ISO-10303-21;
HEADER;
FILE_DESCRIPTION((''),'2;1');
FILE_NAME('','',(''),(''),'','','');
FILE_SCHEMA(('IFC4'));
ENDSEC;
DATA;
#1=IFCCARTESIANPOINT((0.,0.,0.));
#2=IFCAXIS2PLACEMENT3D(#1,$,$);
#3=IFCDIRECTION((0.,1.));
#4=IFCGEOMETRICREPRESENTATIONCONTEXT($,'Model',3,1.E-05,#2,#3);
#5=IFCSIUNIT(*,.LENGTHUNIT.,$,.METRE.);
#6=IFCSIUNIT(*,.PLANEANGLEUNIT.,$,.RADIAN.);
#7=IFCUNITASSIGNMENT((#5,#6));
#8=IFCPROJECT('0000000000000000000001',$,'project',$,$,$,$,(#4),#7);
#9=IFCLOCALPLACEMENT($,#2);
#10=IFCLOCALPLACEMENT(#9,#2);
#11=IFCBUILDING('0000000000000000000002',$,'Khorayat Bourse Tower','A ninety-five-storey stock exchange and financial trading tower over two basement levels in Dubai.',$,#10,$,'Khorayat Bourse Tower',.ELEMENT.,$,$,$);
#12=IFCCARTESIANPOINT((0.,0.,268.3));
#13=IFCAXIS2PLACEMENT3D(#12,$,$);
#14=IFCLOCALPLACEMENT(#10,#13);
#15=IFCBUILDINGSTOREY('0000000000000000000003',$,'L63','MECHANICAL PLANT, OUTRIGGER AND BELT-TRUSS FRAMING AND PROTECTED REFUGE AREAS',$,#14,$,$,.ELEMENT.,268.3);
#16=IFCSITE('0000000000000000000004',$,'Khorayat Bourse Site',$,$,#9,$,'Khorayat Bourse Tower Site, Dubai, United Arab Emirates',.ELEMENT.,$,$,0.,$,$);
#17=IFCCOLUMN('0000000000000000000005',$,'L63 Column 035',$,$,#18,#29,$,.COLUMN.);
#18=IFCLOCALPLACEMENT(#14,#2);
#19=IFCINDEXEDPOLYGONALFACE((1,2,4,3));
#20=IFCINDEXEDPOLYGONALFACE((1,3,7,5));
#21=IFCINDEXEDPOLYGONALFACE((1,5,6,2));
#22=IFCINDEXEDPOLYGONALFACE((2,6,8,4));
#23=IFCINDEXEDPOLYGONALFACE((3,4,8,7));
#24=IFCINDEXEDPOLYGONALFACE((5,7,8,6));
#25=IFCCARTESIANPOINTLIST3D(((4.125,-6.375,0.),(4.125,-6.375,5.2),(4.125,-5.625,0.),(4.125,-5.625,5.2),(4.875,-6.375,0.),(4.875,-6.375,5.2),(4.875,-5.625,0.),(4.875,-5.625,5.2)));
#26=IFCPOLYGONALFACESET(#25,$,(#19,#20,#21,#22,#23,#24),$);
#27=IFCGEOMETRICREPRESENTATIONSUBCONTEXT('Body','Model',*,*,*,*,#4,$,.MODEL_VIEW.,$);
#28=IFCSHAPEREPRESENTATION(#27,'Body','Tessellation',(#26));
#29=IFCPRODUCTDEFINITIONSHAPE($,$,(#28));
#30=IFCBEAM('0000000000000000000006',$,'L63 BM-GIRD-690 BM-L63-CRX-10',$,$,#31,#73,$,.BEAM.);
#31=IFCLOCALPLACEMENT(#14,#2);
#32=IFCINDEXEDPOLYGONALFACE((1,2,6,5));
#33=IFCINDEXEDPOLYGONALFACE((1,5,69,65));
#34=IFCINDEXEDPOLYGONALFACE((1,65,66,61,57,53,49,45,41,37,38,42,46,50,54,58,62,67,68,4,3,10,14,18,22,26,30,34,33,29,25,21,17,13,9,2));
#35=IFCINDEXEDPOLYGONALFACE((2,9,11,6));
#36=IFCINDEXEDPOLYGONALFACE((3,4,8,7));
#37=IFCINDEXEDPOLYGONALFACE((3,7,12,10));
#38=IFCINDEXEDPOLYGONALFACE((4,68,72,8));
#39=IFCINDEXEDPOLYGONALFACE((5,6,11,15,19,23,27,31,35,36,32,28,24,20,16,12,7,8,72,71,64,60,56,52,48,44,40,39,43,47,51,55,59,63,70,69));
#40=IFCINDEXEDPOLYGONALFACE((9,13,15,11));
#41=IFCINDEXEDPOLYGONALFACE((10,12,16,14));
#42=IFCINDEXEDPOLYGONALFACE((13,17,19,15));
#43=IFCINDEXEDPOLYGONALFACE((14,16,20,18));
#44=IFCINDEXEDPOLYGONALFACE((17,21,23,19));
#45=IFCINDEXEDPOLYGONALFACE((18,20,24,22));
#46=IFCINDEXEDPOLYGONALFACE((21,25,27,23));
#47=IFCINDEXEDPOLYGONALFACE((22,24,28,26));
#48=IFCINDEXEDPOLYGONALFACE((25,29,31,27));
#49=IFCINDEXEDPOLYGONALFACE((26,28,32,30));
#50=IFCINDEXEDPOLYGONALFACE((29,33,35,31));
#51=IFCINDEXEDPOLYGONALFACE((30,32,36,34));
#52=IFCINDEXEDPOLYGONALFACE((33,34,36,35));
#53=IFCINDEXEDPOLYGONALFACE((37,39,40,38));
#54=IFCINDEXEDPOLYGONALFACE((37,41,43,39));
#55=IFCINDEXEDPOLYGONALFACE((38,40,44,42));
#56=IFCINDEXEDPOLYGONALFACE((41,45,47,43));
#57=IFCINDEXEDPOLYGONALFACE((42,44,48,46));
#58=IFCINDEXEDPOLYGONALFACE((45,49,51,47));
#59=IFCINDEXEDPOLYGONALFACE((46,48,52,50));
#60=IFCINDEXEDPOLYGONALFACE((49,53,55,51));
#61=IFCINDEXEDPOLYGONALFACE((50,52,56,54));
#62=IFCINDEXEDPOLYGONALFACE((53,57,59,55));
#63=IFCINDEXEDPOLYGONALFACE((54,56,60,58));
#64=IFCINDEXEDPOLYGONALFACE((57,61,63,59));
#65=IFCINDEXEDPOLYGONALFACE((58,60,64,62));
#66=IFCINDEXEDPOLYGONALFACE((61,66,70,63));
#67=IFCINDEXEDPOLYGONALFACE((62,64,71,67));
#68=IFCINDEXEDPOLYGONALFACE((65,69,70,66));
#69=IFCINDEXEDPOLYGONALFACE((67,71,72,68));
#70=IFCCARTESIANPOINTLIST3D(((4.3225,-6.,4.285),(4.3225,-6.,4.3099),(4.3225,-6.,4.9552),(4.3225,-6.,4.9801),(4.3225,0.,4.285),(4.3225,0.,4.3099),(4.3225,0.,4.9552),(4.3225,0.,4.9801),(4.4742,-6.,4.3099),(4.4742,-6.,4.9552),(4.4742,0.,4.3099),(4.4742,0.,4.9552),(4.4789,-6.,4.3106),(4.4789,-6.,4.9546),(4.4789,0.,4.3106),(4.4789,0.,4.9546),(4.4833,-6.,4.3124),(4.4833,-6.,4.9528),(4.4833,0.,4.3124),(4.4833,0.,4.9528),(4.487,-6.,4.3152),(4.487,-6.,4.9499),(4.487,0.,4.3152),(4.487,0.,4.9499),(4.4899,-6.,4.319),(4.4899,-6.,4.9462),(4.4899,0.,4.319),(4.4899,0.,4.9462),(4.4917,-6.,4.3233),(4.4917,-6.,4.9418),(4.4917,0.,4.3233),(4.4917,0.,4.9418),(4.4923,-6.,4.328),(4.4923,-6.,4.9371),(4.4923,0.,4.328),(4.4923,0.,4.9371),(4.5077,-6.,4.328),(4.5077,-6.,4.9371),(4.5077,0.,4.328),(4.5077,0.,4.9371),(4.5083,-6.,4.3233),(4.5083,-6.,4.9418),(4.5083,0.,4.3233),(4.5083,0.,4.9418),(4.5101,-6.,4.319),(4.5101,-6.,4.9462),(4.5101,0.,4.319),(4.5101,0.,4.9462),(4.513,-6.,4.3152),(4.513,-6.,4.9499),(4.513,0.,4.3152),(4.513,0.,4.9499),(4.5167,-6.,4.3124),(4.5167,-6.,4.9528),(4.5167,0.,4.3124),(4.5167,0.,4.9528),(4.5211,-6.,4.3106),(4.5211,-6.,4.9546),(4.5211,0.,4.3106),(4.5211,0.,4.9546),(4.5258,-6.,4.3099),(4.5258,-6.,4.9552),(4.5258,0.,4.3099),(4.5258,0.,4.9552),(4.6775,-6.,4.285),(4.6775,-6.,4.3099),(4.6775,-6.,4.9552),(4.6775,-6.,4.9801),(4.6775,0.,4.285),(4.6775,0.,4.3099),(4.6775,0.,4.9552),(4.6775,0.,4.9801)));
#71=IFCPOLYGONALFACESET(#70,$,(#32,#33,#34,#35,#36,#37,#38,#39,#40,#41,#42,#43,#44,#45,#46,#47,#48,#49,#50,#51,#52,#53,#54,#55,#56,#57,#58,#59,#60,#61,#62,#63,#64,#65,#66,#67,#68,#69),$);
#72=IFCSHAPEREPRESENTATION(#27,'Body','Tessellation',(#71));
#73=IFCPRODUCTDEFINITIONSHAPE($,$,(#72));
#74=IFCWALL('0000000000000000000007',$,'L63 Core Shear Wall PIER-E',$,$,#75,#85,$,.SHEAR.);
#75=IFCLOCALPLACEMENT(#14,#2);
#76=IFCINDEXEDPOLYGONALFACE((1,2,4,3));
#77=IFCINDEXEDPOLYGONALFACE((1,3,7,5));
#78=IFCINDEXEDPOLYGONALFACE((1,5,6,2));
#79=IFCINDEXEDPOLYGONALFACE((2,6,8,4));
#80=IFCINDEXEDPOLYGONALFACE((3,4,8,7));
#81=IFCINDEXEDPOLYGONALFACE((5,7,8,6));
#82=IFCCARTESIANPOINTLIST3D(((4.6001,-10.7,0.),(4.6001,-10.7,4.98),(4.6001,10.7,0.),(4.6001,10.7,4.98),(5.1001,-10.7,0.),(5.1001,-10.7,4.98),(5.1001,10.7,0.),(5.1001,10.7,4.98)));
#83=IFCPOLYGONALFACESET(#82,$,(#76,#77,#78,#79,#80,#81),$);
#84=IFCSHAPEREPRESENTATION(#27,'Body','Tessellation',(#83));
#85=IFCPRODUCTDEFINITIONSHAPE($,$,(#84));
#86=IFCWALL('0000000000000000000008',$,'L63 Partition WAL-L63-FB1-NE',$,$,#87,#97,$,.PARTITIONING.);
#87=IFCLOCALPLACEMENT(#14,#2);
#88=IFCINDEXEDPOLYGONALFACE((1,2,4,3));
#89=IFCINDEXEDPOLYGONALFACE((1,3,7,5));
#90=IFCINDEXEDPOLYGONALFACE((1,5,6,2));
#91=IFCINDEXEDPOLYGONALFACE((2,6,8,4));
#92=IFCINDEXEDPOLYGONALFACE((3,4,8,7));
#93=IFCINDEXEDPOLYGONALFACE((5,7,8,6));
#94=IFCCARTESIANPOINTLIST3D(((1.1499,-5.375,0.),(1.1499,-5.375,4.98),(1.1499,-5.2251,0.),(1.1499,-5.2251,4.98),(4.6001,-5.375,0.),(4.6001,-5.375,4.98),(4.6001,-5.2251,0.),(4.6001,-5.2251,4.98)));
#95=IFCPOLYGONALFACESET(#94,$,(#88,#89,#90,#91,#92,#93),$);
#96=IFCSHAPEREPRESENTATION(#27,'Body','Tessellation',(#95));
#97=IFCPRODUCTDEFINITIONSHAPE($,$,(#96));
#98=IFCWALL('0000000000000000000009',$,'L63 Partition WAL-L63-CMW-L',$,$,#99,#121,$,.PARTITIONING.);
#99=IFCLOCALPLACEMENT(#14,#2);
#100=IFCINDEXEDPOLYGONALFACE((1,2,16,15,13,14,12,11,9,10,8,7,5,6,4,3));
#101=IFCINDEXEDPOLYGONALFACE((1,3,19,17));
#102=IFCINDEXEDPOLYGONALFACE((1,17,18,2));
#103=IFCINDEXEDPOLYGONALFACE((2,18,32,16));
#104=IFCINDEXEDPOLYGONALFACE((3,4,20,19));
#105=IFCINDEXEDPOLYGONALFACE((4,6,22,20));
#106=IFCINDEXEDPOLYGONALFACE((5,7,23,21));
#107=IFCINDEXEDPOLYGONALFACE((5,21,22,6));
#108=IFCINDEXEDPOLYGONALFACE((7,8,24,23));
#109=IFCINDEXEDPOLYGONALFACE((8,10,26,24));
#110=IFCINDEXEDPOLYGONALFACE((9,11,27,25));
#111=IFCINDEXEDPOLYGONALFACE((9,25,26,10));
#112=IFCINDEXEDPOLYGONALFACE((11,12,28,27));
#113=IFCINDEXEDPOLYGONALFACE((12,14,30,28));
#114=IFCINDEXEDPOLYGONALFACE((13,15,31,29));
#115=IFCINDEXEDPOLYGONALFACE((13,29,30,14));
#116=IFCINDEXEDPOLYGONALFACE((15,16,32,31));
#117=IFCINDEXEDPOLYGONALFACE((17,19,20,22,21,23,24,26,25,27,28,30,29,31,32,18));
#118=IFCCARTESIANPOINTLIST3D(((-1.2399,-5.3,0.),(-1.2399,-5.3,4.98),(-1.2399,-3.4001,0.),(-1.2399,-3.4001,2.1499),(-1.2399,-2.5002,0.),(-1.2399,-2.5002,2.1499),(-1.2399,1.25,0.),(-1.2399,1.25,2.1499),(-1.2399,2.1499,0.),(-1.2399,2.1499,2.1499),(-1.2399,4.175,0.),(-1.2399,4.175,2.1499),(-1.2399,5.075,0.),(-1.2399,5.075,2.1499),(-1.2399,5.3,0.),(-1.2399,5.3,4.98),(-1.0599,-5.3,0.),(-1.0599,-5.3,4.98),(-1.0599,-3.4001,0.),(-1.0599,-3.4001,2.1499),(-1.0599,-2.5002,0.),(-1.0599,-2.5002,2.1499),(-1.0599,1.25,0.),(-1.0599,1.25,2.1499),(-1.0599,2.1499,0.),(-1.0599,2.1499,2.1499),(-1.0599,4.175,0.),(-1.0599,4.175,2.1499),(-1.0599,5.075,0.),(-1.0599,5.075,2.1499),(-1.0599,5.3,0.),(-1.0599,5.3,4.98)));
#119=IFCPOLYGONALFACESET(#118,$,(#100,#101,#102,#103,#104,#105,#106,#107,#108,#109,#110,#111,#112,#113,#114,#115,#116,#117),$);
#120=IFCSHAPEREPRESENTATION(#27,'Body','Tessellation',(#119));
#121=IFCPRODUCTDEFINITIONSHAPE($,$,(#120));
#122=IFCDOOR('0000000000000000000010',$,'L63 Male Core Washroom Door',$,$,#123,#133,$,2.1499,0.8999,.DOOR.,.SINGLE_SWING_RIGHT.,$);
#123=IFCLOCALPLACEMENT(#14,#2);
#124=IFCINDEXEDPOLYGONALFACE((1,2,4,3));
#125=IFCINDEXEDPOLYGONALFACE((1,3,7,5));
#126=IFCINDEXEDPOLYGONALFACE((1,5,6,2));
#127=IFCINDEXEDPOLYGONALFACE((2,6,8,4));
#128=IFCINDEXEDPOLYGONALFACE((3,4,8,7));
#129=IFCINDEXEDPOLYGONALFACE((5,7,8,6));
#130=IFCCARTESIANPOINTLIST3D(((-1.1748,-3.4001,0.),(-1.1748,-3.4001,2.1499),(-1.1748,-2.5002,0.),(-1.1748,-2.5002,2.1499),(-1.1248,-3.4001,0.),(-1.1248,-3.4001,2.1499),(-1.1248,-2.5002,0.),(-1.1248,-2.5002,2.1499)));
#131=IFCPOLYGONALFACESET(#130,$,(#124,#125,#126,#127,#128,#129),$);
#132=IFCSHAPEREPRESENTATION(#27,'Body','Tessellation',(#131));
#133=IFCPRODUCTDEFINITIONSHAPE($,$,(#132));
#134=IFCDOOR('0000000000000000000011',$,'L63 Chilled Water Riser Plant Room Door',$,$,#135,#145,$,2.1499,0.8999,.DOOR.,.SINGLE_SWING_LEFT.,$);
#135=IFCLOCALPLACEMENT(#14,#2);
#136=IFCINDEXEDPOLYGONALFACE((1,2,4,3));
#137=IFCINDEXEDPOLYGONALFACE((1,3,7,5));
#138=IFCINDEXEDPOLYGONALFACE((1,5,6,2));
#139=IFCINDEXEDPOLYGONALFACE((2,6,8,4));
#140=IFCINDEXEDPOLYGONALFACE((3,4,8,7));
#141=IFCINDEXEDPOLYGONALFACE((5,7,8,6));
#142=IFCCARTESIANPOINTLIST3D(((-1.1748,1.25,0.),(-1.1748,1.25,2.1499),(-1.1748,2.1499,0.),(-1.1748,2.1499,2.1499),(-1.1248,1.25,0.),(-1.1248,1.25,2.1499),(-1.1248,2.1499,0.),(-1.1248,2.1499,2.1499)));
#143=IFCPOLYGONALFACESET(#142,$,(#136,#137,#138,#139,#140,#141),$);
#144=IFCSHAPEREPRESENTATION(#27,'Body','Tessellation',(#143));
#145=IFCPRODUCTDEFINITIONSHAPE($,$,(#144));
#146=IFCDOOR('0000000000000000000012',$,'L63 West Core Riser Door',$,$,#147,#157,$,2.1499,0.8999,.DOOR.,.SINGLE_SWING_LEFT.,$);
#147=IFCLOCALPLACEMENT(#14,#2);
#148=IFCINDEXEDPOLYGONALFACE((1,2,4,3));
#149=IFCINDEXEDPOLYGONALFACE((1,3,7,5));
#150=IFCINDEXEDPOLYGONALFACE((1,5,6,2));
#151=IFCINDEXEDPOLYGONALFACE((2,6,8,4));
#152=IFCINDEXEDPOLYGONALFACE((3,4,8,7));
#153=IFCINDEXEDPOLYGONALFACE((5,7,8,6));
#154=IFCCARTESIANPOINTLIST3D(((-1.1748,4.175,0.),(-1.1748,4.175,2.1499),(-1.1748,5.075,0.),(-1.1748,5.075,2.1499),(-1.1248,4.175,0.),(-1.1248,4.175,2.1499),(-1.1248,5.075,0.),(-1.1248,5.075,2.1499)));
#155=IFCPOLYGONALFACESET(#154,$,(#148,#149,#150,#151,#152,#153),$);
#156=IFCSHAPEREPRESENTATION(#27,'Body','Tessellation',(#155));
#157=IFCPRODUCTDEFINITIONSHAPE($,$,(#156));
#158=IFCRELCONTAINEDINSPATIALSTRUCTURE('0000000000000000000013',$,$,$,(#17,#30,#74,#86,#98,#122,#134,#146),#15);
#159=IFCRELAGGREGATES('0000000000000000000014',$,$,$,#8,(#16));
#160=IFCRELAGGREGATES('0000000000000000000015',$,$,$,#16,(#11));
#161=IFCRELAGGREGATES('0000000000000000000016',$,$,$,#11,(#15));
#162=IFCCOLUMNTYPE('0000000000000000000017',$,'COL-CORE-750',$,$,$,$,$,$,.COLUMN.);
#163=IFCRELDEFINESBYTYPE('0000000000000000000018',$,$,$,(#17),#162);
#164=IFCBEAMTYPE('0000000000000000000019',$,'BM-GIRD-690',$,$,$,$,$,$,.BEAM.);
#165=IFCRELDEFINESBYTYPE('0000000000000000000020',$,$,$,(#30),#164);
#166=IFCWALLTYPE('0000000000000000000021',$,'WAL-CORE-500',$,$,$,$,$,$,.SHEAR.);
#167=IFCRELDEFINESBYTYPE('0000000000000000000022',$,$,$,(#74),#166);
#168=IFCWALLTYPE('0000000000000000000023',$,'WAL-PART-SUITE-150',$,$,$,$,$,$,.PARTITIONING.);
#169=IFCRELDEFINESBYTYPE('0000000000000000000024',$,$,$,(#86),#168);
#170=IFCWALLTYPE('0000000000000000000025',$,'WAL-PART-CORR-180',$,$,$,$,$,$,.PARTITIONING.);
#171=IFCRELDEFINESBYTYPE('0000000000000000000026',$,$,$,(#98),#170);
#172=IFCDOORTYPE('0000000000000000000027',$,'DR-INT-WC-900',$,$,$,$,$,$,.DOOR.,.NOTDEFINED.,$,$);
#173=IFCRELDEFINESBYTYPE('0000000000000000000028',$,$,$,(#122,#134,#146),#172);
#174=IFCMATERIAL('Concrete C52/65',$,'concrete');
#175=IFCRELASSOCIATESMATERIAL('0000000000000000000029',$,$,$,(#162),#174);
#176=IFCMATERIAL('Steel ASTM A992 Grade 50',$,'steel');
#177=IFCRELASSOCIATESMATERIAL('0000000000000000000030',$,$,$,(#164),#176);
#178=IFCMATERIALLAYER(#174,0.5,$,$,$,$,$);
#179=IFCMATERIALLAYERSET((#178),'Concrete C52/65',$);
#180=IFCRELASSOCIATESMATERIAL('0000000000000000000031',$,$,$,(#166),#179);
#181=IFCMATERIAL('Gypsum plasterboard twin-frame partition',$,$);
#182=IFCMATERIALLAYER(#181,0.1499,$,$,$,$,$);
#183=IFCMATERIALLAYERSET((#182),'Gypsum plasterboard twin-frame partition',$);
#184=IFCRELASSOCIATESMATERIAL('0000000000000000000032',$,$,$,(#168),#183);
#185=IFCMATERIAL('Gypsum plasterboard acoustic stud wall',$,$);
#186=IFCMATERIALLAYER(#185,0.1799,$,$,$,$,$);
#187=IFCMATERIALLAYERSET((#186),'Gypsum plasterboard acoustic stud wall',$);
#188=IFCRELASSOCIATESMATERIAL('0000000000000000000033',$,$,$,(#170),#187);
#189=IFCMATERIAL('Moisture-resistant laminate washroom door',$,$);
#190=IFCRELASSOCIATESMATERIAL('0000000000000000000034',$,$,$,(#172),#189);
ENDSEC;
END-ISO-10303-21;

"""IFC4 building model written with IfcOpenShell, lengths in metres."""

from ifc_helpers import new_model, si_unit, direction, frame, frame_2d, origin, origin_2d, place, context, subcontext, project, spatial, rectangle, i_section, extrude, source, transform, mapped, material, layer, layer_set, material_profile, profile_set, type_object, element, fill, save


model = new_model("IFC4")

# Units and contexts
model_context = context("Model", 3, precision=1e-05, world=origin(), true_north=direction((0.0, 1.0)))
body_context = subcontext(model_context, "Body", "Model", "MODEL_VIEW")
ifc_project = project(units=[si_unit("LENGTHUNIT", "METRE"), si_unit("PLANEANGLEUNIT", "RADIAN")], contexts=[model_context])

# Site, building, storey
site_placement = place(None, origin())
site = spatial("IfcSite", under=ifc_project, at=site_placement, Name="Khorayat Bourse Site", LongName="Khorayat Bourse Tower Site, Dubai, United Arab Emirates", CompositionType="ELEMENT", RefElevation=0.0)
building_placement = place(site_placement, origin())
building = spatial("IfcBuilding", under=site, at=building_placement, Name="Khorayat Bourse Tower", Description="A ninety-five-storey stock exchange and financial trading tower over two basement levels in Dubai.", LongName="Khorayat Bourse Tower", CompositionType="ELEMENT")
storey_placement = place(building_placement, frame((0.0, 0.0, 268.3)))
storey = spatial("IfcBuildingStorey", under=building, at=storey_placement, Name="L63", Description="MECHANICAL PLANT, OUTRIGGER AND BELT-TRUSS FRAMING AND PROTECTED REFUGE AREAS", CompositionType="ELEMENT", Elevation=268.3)

# Column
ifc_material_1 = material(Name="Concrete C52/65", Category="concrete")
ifc_material_profile_1 = material_profile(ifc_material_1, rectangle(XDim=0.75, YDim=0.75, at=origin_2d()), Name="RC 750x750")
ifc_profile_set_1 = profile_set([ifc_material_profile_1], Name="Concrete C52/65")
column_type = type_object("IfcColumnType", Name="COL-CORE-750", PredefinedType="COLUMN", material=ifc_profile_set_1)
shared_shape_1 = source(origin(), body_context, "Body", "SweptSolid", [
    extrude(rectangle(XDim=0.75, YDim=0.75, at=origin_2d()), origin(), (0.0, 0.0, 1.0), 5.2),
])
column_placement = place(storey_placement, frame((4.5, -6.0, 0.0), z_axis=(0.0, 0.0, 1.0), x_axis=(1.0, 0.0, 0.0)))
element("IfcColumn", 1, at=column_placement, inside=storey, type_object=column_type, Name="L63 Column 035", PredefinedType="COLUMN", context=body_context, shape_type="MappedRepresentation", body=[
    mapped(shared_shape_1, transform((0.0, 0.0, 0.0), scale=1.0)),
])

# Beam
ifc_material_2 = material(Name="Steel ASTM A992 Grade 50", Category="steel")
ifc_material_profile_2 = material_profile(ifc_material_2, i_section(OverallWidth=0.355, OverallDepth=0.6951, WebThickness=0.0154, FlangeThickness=0.0249, FilletRadius=0.0181, at=origin_2d()), Name="W690X217")
ifc_profile_set_2 = profile_set([ifc_material_profile_2], Name="Steel ASTM A992 Grade 50")
beam_type = type_object("IfcBeamType", Name="BM-GIRD-690", PredefinedType="BEAM", material=ifc_profile_set_2)
shared_shape_2 = source(origin(), body_context, "Body", "SweptSolid", [
    extrude(i_section(OverallWidth=0.355, OverallDepth=0.6951, WebThickness=0.0154, FlangeThickness=0.0249, FilletRadius=0.0181, at=origin_2d()), origin(), (0.0, 0.0, 1.0), 6.0),
])
beam_placement = place(storey_placement, frame((4.5, -6.0, 4.6326), z_axis=(0.0, 1.0, 0.0), x_axis=(-1.0, 0.0, 0.0)))
element("IfcBeam", 2, at=beam_placement, inside=storey, type_object=beam_type, Name="L63 BM-GIRD-690 BM-L63-CRX-10", PredefinedType="BEAM", context=body_context, shape_type="MappedRepresentation", body=[
    mapped(shared_shape_2, transform((0.0, 0.0, 0.0), scale=1.0)),
])

# Walls
ifc_layer_1 = layer(ifc_material_1, 0.5)
ifc_layer_set_1 = layer_set([ifc_layer_1], Name="Concrete C52/65")
wall_type_1 = type_object("IfcWallType", Name="WAL-CORE-500", PredefinedType="SHEAR", material=ifc_layer_set_1)
shared_shape_3 = source(origin(), body_context, "Body", "SweptSolid", [
    extrude(rectangle(XDim=21.3999, YDim=0.5, at=frame_2d((10.7, 0.0))), origin(), (0.0, 0.0, 1.0), 4.98),
])
wall_1_placement = place(storey_placement, frame((4.8501, -10.7, 0.0), z_axis=(0.0, 0.0, 1.0), x_axis=(0.0, 1.0, 0.0)))
element("IfcWall", 3, at=wall_1_placement, inside=storey, type_object=wall_type_1, Name="L63 Core Shear Wall PIER-E", PredefinedType="SHEAR", context=body_context, shape_type="MappedRepresentation", body=[
    mapped(shared_shape_3, transform((0.0, 0.0, 0.0), scale=1.0)),
])
ifc_material_3 = material(Name="Gypsum plasterboard twin-frame partition")
ifc_layer_2 = layer(ifc_material_3, 0.1499)
ifc_layer_set_2 = layer_set([ifc_layer_2], Name="Gypsum plasterboard twin-frame partition")
wall_type_2 = type_object("IfcWallType", Name="WAL-PART-SUITE-150", PredefinedType="PARTITIONING", material=ifc_layer_set_2)
shared_shape_4 = source(origin(), body_context, "Body", "SweptSolid", [
    extrude(rectangle(XDim=3.4502, YDim=0.1499, at=frame_2d((1.7251, 0.0))), origin(), (0.0, 0.0, 1.0), 4.98),
])
wall_2_placement = place(storey_placement, frame((1.1499, -5.3, 0.0), z_axis=(0.0, 0.0, 1.0), x_axis=(1.0, 0.0, 0.0)))
element("IfcWall", 4, at=wall_2_placement, inside=storey, type_object=wall_type_2, Name="L63 Partition WAL-L63-FB1-NE", PredefinedType="PARTITIONING", context=body_context, shape_type="MappedRepresentation", body=[
    mapped(shared_shape_4, transform((0.0, 0.0, 0.0), scale=1.0)),
])

# Wall, openings, doors
ifc_material_4 = material(Name="Gypsum plasterboard acoustic stud wall")
ifc_layer_3 = layer(ifc_material_4, 0.1799)
ifc_layer_set_3 = layer_set([ifc_layer_3], Name="Gypsum plasterboard acoustic stud wall")
wall_type_3 = type_object("IfcWallType", Name="WAL-PART-CORR-180", PredefinedType="PARTITIONING", material=ifc_layer_set_3)
shared_shape_5 = source(origin(), body_context, "Body", "SweptSolid", [
    extrude(rectangle(XDim=10.6001, YDim=0.1799, at=frame_2d((5.3, 0.0))), origin(), (0.0, 0.0, 1.0), 4.98),
])
wall_3_placement = place(storey_placement, frame((-1.1499, -5.3, 0.0), z_axis=(0.0, 0.0, 1.0), x_axis=(0.0, 1.0, 0.0)))
wall_3 = element("IfcWall", 5, at=wall_3_placement, inside=storey, type_object=wall_type_3, Name="L63 Partition WAL-L63-CMW-L", PredefinedType="PARTITIONING", context=body_context, shape_type="MappedRepresentation", body=[
    mapped(shared_shape_5, transform((0.0, 0.0, 0.0), scale=1.0)),
])
shared_shape_6 = source(origin(), body_context, "Body", "SweptSolid", [
    extrude(rectangle(XDim=0.8999, YDim=2.1499, at=frame_2d((0.45, 1.075))), frame((0.0, 0.0999, 0.0), z_axis=(0.0, -1.0, 0.0), x_axis=(1.0, 0.0, 0.0)), (0.0, 0.0, 1.0), 0.2),
])
opening_1_placement = place(wall_3_placement, frame((1.8999, 0.0, 0.0)))
opening_1 = element("IfcOpeningElement", 6, at=opening_1_placement, cuts=wall_3, PredefinedType="OPENING", context=body_context, shape_type="MappedRepresentation", body=[
    mapped(shared_shape_6, transform((0.0, 0.0, 0.0), scale=1.0)),
])
opening_2_placement = place(wall_3_placement, frame((6.55, 0.0, 0.0)))
opening_2 = element("IfcOpeningElement", 7, at=opening_2_placement, cuts=wall_3, PredefinedType="OPENING", context=body_context, shape_type="MappedRepresentation", body=[
    mapped(shared_shape_6, transform((0.0, 0.0, 0.0), scale=1.0)),
])
opening_3_placement = place(wall_3_placement, frame((9.4751, 0.0, 0.0)))
opening_3 = element("IfcOpeningElement", 8, at=opening_3_placement, cuts=wall_3, PredefinedType="OPENING", context=body_context, shape_type="MappedRepresentation", body=[
    mapped(shared_shape_6, transform((0.0, 0.0, 0.0), scale=1.0)),
])
ifc_material_5 = material(Name="Moisture-resistant laminate washroom door")
door_type = type_object("IfcDoorType", Name="DR-INT-WC-900", OperationType="NOTDEFINED", PredefinedType="DOOR", material=ifc_material_5)
shared_shape_7 = source(origin(), body_context, "Body", "SweptSolid", [
    extrude(rectangle(XDim=0.8999, YDim=2.1499, at=frame_2d((0.45, 1.075))), frame((0.0, 0.0249, 0.0), z_axis=(0.0, -1.0, 0.0), x_axis=(1.0, 0.0, 0.0)), (0.0, 0.0, 1.0), 0.05),
])
door_1_placement = place(opening_1_placement, origin())
door_1 = element("IfcDoor", 9, at=door_1_placement, inside=storey, type_object=door_type, Name="L63 Male Core Washroom Door", OperationType="SINGLE_SWING_RIGHT", OverallHeight=2.1499, OverallWidth=0.8999, PredefinedType="DOOR", context=body_context, shape_type="MappedRepresentation", body=[
    mapped(shared_shape_7, transform((0.0, 0.0, 0.0), scale=1.0)),
])
fill(opening_1, door_1)
door_2_placement = place(opening_2_placement, origin())
door_2 = element("IfcDoor", 10, at=door_2_placement, inside=storey, type_object=door_type, Name="L63 Chilled Water Riser Plant Room Door", OperationType="SINGLE_SWING_LEFT", OverallHeight=2.1499, OverallWidth=0.8999, PredefinedType="DOOR", context=body_context, shape_type="MappedRepresentation", body=[
    mapped(shared_shape_7, transform((0.0, 0.0, 0.0), scale=1.0)),
])
fill(opening_2, door_2)
door_3_placement = place(opening_3_placement, origin())
door_3 = element("IfcDoor", 11, at=door_3_placement, inside=storey, type_object=door_type, Name="L63 West Core Riser Door", OperationType="SINGLE_SWING_LEFT", OverallHeight=2.1499, OverallWidth=0.8999, PredefinedType="DOOR", context=body_context, shape_type="MappedRepresentation", body=[
    mapped(shared_shape_7, transform((0.0, 0.0, 0.0), scale=1.0)),
])
fill(opening_3, door_3)

save(model, "model.ifc")
